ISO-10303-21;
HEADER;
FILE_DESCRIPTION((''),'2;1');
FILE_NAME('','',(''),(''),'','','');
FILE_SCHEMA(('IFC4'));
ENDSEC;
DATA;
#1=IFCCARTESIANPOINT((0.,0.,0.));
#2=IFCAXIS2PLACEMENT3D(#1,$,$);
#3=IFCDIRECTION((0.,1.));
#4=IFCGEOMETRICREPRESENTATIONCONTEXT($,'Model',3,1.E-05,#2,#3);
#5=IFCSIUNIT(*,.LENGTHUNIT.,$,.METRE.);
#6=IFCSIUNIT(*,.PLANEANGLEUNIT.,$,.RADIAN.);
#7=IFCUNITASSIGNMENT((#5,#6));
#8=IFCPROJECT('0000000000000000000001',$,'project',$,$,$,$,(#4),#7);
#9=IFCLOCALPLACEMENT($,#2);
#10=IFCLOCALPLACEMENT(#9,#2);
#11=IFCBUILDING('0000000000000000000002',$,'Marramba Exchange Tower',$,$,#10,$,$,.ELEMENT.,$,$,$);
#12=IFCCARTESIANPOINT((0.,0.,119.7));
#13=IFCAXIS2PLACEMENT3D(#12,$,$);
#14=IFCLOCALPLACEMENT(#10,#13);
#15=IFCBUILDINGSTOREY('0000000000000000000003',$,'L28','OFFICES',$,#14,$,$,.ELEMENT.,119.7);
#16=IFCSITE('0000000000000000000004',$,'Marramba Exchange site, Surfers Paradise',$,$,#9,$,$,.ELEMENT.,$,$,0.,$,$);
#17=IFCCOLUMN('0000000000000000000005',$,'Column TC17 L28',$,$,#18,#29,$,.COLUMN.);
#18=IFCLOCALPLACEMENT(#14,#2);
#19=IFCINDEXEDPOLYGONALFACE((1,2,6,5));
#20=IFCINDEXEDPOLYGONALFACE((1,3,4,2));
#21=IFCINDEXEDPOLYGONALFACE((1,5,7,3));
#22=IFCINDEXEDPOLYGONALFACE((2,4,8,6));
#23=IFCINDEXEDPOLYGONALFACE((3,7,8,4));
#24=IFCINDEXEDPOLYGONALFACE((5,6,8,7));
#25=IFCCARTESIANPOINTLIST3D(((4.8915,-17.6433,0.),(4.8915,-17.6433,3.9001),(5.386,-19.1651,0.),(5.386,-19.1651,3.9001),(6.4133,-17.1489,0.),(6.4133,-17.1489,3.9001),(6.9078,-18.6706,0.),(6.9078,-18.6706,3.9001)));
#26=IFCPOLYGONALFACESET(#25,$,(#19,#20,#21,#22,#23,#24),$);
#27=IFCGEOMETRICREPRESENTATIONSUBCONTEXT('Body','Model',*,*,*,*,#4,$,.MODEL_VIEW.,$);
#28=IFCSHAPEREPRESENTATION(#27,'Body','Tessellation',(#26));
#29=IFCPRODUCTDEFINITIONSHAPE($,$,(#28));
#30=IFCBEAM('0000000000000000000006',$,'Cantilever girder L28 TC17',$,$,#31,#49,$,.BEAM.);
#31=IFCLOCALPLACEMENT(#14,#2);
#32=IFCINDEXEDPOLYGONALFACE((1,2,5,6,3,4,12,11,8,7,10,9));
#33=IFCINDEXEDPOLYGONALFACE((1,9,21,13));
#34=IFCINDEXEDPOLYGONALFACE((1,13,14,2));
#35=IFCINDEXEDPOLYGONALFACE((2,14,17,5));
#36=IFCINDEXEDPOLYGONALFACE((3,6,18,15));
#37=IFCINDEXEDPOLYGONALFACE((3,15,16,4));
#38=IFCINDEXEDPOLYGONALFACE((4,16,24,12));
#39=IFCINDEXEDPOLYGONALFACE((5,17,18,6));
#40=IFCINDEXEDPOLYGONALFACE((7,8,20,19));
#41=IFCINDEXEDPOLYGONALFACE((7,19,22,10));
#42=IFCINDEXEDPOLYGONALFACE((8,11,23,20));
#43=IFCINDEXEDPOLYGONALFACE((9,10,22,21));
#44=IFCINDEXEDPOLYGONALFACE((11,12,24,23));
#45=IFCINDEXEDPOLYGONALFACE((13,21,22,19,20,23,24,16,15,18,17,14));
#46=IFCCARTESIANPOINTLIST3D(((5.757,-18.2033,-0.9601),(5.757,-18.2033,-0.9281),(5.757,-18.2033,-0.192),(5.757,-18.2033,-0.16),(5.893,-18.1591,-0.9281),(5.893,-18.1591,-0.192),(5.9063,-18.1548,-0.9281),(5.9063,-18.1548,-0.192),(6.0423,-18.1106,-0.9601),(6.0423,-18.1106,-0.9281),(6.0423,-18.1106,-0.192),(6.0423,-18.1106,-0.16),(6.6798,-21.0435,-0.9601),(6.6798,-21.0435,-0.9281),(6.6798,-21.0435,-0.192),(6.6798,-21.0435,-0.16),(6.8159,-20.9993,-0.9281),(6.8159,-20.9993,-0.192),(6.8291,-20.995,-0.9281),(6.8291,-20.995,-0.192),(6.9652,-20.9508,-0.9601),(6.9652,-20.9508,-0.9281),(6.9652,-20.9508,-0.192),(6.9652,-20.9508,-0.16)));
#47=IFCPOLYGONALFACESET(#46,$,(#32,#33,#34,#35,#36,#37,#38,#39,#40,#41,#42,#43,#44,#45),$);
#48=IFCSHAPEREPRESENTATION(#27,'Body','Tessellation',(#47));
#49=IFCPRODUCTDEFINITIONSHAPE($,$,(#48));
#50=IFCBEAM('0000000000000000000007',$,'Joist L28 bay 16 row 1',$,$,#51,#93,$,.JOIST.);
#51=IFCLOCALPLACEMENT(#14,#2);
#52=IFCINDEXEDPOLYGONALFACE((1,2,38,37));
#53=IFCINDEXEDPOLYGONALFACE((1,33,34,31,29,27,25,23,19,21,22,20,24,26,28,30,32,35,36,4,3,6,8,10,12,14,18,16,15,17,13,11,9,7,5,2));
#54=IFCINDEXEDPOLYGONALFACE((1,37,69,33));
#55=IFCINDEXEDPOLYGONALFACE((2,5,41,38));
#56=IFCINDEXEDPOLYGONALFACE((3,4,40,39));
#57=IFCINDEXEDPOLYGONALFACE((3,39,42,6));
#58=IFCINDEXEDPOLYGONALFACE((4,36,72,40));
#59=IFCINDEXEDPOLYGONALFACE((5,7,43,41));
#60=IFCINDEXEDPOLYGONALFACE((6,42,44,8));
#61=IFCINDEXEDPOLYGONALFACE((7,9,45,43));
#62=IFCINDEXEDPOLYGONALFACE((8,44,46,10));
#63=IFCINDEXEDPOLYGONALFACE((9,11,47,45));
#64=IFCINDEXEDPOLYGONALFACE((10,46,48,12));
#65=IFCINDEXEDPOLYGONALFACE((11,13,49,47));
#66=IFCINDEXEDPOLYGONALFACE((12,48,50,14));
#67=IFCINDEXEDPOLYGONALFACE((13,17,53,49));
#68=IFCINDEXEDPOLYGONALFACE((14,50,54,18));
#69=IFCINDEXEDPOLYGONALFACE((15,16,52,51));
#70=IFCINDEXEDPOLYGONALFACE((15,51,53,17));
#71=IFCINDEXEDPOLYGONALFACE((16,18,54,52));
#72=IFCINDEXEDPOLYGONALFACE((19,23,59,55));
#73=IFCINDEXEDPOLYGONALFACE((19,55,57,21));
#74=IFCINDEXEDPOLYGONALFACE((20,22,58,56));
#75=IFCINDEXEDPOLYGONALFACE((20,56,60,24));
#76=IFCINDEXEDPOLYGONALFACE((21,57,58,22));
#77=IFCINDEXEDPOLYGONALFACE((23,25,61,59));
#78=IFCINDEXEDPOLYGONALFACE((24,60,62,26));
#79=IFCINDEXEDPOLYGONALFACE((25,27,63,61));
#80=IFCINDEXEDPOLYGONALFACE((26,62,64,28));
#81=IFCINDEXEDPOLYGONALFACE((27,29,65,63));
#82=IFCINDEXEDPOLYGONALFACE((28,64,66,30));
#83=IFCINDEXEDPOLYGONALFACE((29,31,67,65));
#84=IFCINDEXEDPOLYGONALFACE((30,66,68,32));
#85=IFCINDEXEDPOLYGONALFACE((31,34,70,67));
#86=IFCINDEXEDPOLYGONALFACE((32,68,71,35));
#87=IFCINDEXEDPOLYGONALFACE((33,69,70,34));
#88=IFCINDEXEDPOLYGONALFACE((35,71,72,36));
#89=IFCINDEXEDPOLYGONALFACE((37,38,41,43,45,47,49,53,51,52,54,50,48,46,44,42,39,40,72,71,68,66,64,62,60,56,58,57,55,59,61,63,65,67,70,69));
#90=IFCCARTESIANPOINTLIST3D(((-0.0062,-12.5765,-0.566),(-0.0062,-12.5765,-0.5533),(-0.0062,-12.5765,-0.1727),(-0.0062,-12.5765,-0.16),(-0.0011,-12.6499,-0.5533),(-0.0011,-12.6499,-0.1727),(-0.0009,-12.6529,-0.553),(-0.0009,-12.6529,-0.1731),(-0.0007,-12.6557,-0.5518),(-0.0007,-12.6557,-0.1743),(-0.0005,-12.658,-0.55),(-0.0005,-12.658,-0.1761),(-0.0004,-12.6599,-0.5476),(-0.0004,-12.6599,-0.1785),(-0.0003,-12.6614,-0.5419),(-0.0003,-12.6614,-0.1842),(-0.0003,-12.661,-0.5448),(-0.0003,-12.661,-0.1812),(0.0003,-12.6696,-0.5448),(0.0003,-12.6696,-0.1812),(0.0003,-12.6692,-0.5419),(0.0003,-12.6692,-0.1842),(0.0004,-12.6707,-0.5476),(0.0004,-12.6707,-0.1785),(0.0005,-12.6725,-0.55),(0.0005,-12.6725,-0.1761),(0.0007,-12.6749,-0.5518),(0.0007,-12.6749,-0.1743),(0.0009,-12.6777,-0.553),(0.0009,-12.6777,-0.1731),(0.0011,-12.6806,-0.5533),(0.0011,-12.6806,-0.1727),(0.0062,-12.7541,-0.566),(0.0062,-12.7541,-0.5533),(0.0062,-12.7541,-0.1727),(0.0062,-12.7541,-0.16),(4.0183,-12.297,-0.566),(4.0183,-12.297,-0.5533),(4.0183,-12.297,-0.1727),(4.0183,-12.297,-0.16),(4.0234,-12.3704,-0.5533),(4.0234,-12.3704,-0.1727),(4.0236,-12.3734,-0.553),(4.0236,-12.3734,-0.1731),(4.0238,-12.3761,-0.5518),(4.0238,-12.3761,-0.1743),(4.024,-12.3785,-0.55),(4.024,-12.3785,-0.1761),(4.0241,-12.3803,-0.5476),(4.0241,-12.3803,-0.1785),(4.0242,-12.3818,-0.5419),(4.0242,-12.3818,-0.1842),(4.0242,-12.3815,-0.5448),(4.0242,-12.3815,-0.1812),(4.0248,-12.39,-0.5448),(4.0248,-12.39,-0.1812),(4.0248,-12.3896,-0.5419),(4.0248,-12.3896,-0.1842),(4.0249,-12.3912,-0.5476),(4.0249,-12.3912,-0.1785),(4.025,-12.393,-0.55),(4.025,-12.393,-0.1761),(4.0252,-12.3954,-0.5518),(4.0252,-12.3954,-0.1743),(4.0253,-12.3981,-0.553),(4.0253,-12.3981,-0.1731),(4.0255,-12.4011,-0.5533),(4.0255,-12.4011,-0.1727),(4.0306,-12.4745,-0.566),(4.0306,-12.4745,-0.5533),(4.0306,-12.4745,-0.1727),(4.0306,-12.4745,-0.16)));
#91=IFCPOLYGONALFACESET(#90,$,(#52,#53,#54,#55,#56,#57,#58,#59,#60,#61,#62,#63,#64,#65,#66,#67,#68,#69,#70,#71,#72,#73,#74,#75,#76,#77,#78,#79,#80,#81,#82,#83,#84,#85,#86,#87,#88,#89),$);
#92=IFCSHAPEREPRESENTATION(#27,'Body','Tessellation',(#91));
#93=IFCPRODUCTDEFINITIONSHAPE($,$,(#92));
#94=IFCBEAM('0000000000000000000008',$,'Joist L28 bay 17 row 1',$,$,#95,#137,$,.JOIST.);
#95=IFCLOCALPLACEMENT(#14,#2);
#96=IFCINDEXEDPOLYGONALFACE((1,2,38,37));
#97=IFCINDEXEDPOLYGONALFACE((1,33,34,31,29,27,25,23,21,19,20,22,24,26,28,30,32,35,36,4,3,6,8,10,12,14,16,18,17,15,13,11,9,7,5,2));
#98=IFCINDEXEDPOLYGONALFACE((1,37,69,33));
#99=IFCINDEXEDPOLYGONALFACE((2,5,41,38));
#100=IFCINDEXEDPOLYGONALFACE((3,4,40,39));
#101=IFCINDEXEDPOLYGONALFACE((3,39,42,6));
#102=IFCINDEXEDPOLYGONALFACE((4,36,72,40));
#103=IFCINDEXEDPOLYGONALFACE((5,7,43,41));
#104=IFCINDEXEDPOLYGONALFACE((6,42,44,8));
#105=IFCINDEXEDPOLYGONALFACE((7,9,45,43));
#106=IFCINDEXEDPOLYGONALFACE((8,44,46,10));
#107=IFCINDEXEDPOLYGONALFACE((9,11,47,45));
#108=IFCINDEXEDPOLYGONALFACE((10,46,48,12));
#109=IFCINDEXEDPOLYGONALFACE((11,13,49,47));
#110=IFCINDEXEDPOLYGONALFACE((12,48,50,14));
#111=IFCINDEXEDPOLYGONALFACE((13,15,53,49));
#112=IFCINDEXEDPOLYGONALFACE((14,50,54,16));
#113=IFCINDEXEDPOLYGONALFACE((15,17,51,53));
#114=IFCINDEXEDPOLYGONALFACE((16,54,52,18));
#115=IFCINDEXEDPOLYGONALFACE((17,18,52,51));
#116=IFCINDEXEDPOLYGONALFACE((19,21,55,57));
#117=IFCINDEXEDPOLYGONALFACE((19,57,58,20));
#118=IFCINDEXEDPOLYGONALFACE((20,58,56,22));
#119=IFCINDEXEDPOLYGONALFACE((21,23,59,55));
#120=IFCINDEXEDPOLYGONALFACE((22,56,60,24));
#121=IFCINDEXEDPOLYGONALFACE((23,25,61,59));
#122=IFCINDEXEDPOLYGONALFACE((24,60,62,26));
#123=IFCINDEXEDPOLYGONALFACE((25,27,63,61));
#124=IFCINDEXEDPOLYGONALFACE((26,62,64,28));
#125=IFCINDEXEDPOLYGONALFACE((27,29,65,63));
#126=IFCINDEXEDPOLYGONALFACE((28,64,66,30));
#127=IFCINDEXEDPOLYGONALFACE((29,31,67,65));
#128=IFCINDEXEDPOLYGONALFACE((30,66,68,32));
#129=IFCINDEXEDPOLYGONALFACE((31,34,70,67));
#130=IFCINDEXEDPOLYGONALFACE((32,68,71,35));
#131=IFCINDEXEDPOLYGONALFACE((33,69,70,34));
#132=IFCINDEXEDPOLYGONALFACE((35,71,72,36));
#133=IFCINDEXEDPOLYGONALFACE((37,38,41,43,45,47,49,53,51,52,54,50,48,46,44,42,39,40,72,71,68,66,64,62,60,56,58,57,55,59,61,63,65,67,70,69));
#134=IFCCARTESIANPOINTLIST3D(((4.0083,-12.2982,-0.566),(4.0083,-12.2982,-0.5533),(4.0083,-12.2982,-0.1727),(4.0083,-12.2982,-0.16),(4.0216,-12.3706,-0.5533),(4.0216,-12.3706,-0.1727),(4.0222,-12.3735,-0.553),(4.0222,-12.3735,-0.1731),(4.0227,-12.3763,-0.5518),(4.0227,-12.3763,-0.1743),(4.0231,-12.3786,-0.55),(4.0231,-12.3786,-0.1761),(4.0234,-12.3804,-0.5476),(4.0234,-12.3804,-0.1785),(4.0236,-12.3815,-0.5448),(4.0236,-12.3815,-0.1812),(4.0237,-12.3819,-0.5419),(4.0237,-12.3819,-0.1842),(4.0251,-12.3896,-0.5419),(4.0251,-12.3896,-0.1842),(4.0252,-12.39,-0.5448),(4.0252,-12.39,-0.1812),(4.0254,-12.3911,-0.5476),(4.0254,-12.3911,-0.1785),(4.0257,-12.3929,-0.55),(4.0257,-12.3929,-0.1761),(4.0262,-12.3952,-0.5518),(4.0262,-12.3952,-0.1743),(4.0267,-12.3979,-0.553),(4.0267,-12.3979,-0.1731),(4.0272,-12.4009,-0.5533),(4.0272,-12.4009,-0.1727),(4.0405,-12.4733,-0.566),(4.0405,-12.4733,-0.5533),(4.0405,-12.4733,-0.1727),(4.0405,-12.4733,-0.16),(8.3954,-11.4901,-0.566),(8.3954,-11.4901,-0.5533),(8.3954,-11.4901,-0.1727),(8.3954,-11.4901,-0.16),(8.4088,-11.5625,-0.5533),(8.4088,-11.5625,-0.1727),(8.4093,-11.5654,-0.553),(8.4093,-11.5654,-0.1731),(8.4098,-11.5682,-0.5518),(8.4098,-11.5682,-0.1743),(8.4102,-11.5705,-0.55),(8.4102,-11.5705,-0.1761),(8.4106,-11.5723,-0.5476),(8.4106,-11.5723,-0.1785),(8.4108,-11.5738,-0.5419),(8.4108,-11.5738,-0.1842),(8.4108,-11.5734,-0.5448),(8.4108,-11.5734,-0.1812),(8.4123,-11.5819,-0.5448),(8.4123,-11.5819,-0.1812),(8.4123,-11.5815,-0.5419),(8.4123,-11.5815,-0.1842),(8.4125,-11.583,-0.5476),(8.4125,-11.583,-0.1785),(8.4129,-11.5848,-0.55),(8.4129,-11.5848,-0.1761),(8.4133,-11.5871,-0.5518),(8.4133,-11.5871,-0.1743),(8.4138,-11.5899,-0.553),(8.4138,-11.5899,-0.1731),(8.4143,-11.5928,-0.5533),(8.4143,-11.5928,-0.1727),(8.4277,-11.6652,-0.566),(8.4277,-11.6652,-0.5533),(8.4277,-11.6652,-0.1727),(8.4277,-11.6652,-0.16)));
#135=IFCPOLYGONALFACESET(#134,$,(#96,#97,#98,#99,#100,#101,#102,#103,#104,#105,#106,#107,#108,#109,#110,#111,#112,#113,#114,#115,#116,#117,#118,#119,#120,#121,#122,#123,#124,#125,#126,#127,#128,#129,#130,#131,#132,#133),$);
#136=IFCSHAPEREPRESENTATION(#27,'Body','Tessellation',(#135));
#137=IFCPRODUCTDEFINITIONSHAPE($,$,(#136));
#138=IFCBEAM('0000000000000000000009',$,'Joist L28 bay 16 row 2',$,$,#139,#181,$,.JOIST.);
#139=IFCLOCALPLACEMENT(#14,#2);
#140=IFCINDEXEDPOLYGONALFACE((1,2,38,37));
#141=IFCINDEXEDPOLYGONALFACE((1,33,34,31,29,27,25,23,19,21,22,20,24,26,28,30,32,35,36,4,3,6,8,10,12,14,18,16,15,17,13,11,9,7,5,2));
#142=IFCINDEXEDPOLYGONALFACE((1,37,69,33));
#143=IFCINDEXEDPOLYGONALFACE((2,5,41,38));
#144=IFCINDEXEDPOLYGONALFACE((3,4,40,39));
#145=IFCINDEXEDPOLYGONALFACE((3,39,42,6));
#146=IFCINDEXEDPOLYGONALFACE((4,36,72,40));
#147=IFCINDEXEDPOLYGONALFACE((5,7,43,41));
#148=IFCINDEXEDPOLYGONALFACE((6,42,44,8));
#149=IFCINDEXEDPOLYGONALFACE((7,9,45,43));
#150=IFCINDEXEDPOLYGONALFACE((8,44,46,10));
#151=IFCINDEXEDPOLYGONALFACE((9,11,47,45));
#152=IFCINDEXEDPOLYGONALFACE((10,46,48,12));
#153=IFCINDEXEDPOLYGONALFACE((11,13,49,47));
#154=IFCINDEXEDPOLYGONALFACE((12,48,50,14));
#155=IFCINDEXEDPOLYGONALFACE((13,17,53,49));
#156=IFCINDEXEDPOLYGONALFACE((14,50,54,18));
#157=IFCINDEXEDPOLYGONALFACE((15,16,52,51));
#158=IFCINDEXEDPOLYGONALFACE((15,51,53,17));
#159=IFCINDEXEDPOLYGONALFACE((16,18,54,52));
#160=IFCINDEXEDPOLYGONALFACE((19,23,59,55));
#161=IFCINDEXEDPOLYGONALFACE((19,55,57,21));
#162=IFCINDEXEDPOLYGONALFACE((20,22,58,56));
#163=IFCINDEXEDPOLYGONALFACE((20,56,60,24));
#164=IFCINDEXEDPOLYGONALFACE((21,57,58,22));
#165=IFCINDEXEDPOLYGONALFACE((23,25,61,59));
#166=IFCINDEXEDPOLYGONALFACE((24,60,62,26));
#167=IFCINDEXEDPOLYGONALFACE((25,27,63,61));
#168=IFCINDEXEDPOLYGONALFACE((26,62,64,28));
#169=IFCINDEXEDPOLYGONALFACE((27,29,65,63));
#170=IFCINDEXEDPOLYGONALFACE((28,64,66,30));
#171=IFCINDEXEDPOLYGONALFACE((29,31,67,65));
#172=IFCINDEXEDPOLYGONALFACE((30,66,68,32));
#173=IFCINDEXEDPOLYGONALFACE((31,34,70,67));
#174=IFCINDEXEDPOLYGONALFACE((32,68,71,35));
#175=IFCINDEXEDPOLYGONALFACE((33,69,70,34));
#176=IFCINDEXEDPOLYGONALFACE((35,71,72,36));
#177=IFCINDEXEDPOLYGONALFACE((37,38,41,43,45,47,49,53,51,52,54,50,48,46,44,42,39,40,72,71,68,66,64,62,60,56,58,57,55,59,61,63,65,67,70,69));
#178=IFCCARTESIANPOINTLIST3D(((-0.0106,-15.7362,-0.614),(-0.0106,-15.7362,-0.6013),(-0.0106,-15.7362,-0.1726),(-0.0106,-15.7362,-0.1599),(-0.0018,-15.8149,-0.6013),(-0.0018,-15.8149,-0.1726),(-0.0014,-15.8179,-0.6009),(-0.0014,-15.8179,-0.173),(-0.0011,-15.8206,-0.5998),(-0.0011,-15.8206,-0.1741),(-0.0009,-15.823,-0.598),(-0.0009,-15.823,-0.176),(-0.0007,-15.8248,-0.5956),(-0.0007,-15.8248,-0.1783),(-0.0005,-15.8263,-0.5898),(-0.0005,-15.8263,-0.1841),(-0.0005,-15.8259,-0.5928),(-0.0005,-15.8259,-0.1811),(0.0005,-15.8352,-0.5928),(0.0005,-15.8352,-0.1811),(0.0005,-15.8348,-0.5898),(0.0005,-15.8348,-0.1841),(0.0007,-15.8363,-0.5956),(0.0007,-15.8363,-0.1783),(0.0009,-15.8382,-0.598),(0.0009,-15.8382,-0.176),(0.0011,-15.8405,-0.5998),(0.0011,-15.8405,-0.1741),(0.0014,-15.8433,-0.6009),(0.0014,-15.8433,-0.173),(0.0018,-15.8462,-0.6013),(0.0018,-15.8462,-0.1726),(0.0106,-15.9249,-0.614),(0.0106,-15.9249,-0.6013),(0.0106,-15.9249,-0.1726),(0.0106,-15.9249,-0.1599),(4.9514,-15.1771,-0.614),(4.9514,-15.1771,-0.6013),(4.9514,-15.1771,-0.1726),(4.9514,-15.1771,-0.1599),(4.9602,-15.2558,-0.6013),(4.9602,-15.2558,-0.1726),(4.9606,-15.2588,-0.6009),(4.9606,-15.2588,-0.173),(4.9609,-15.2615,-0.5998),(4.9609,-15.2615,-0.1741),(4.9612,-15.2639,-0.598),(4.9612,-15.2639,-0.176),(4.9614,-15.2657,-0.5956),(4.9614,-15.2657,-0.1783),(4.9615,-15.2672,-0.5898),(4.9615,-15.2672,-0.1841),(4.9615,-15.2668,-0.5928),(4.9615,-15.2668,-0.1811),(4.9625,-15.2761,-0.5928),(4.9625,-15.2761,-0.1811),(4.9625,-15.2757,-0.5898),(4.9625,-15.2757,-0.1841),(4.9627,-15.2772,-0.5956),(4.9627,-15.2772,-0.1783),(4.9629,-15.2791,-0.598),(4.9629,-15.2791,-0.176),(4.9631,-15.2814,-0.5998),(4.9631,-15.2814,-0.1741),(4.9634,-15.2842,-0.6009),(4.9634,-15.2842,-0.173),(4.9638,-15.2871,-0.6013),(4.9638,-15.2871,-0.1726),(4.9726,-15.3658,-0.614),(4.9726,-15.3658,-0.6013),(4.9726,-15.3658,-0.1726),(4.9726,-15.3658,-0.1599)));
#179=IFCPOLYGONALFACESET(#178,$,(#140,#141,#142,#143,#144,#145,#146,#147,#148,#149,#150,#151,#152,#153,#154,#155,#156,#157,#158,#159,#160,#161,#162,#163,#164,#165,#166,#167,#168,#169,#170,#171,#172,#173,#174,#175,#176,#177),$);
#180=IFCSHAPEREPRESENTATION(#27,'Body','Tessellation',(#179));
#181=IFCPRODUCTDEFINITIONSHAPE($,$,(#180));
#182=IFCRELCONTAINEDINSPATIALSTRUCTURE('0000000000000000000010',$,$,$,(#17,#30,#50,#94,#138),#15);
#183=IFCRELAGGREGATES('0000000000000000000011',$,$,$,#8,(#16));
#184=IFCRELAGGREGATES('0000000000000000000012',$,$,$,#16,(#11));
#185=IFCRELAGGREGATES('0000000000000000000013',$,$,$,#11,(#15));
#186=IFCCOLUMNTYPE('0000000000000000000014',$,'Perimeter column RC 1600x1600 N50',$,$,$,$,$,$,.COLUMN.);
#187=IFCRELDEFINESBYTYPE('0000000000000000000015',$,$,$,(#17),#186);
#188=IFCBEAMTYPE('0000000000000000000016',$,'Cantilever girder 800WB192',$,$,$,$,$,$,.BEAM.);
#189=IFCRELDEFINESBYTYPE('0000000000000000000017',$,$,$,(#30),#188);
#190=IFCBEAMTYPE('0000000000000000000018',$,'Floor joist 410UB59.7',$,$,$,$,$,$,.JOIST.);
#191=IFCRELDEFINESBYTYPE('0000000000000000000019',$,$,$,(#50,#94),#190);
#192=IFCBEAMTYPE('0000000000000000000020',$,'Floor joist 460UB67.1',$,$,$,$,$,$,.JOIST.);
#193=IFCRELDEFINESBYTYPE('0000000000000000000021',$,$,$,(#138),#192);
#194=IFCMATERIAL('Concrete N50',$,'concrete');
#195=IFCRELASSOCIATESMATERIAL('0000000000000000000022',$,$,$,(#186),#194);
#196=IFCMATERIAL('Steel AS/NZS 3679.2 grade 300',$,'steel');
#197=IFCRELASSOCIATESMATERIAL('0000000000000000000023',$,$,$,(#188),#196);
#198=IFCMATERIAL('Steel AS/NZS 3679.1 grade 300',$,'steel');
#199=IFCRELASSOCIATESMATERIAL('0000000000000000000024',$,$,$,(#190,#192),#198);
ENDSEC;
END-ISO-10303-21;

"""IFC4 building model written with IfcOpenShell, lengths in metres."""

from ifc_helpers import new_model, si_unit, direction, frame, origin, origin_2d, place, context, subcontext, project, spatial, rectangle, i_section, extrude, material, material_profile, profile_set, type_object, element, save


model = new_model("IFC4")

# Units and contexts
model_context = context("Model", 3, precision=1e-05, world=origin(), true_north=direction((0.0, 1.0)))
body_context = subcontext(model_context, "Body", "Model", "MODEL_VIEW")
ifc_project = project(units=[si_unit("LENGTHUNIT", "METRE"), si_unit("PLANEANGLEUNIT", "RADIAN")], contexts=[model_context])

# Site, building, storey
site_placement = place(None, origin())
site = spatial("IfcSite", under=ifc_project, at=site_placement, Name="Marramba Exchange site, Surfers Paradise", CompositionType="ELEMENT", RefElevation=0.0)
building_placement = place(site_placement, origin())
building = spatial("IfcBuilding", under=site, at=building_placement, Name="Marramba Exchange Tower", CompositionType="ELEMENT")
storey_placement = place(building_placement, frame((0.0, 0.0, 119.7)))
storey = spatial("IfcBuildingStorey", under=building, at=storey_placement, Name="L28", Description="OFFICES", CompositionType="ELEMENT", Elevation=119.7)

# Column
ifc_material_1 = material(Name="Concrete N50", Category="concrete")
ifc_material_profile_1 = material_profile(ifc_material_1, rectangle(XDim=1.6001, YDim=1.6001, at=origin_2d()), Name="RC 1600x1600")
ifc_profile_set_1 = profile_set([ifc_material_profile_1], Name="Concrete N50")
column_type = type_object("IfcColumnType", Name="Perimeter column RC 1600x1600 N50", PredefinedType="COLUMN", material=ifc_profile_set_1)
column_placement = place(storey_placement, frame((5.8997, -18.157, 0.0), z_axis=(0.0, 0.0, 1.0), x_axis=(0.309017, -0.951057, 0.0)))
element("IfcColumn", 1, at=column_placement, inside=storey, type_object=column_type, Name="Column TC17 L28", PredefinedType="COLUMN", context=body_context, shape_type="SweptSolid", body=[
    extrude(rectangle(XDim=1.6001, YDim=1.6001, at=origin_2d()), origin(), (0.0, 0.0, 1.0), 3.9001),
])

# Beams
ifc_material_2 = material(Name="Steel AS/NZS 3679.2 grade 300", Category="steel")
ifc_material_profile_2 = material_profile(ifc_material_2, i_section(OverallWidth=0.3, OverallDepth=0.8, WebThickness=0.0139, FlangeThickness=0.032, at=origin_2d()), Name="800WB192")
ifc_profile_set_2 = profile_set([ifc_material_profile_2], Name="Steel AS/NZS 3679.2 grade 300")
beam_type_1 = type_object("IfcBeamType", Name="Cantilever girder 800WB192", PredefinedType="BEAM", material=ifc_profile_set_2)
beam_1_placement = place(storey_placement, frame((5.8997, -18.157, -0.5601), z_axis=(0.309032, -0.951051, 0.0), x_axis=(0.951051, 0.309032, 0.0)))
element("IfcBeam", 2, at=beam_1_placement, inside=storey, type_object=beam_type_1, Name="Cantilever girder L28 TC17", PredefinedType="BEAM", context=body_context, shape_type="SweptSolid", body=[
    extrude(i_section(OverallWidth=0.3, OverallDepth=0.8, WebThickness=0.0139, FlangeThickness=0.032, at=origin_2d()), origin(), (0.0, 0.0, 1.0), 2.9863),
])
ifc_material_3 = material(Name="Steel AS/NZS 3679.1 grade 300", Category="steel")
ifc_material_profile_3 = material_profile(ifc_material_3, i_section(OverallWidth=0.178, OverallDepth=0.406, WebThickness=0.0078, FlangeThickness=0.0127, FilletRadius=0.0115, at=origin_2d()), Name="410UB59.7")
ifc_profile_set_3 = profile_set([ifc_material_profile_3], Name="Steel AS/NZS 3679.1 grade 300")
beam_type_2 = type_object("IfcBeamType", Name="Floor joist 410UB59.7", PredefinedType="JOIST", material=ifc_profile_set_3)
beam_2_placement = place(storey_placement, frame((0.0, -12.6653, -0.363), z_axis=(0.997596, 0.069294, 0.0), x_axis=(-0.069294, 0.997596, 0.0)))
element("IfcBeam", 3, at=beam_2_placement, inside=storey, type_object=beam_type_2, Name="Joist L28 bay 16 row 1", PredefinedType="JOIST", context=body_context, shape_type="SweptSolid", body=[
    extrude(i_section(OverallWidth=0.178, OverallDepth=0.406, WebThickness=0.0078, FlangeThickness=0.0127, FilletRadius=0.0115, at=origin_2d()), origin(), (0.0, 0.0, 1.0), 4.0342),
])
beam_3_placement = place(storey_placement, frame((4.0244, -12.3857, -0.363), z_axis=(0.983456, 0.181149, 0.0), x_axis=(-0.181149, 0.983456, 0.0)))
element("IfcBeam", 4, at=beam_3_placement, inside=storey, type_object=beam_type_2, Name="Joist L28 bay 17 row 1", PredefinedType="JOIST", context=body_context, shape_type="SweptSolid", body=[
    extrude(i_section(OverallWidth=0.178, OverallDepth=0.406, WebThickness=0.0078, FlangeThickness=0.0127, FilletRadius=0.0115, at=origin_2d()), origin(), (0.0, 0.0, 1.0), 4.4609),
])
ifc_material_profile_4 = material_profile(ifc_material_3, i_section(OverallWidth=0.1899, OverallDepth=0.4541, WebThickness=0.0085, FlangeThickness=0.0127, FilletRadius=0.0115, at=origin_2d()), Name="460UB67.1")
ifc_profile_set_4 = profile_set([ifc_material_profile_4], Name="Steel AS/NZS 3679.1 grade 300")
beam_type_3 = type_object("IfcBeamType", Name="Floor joist 460UB67.1", PredefinedType="JOIST", material=ifc_profile_set_4)
beam_4_placement = place(storey_placement, frame((0.0, -15.8306, -0.387), z_axis=(0.993712, 0.111966, 0.0), x_axis=(-0.111966, 0.993712, 0.0)))
element("IfcBeam", 5, at=beam_4_placement, inside=storey, type_object=beam_type_3, Name="Joist L28 bay 16 row 2", PredefinedType="JOIST", context=body_context, shape_type="SweptSolid", body=[
    extrude(i_section(OverallWidth=0.1899, OverallDepth=0.4541, WebThickness=0.0085, FlangeThickness=0.0127, FilletRadius=0.0115, at=origin_2d()), origin(), (0.0, 0.0, 1.0), 4.9934),
])

save(model, "model.ifc")
